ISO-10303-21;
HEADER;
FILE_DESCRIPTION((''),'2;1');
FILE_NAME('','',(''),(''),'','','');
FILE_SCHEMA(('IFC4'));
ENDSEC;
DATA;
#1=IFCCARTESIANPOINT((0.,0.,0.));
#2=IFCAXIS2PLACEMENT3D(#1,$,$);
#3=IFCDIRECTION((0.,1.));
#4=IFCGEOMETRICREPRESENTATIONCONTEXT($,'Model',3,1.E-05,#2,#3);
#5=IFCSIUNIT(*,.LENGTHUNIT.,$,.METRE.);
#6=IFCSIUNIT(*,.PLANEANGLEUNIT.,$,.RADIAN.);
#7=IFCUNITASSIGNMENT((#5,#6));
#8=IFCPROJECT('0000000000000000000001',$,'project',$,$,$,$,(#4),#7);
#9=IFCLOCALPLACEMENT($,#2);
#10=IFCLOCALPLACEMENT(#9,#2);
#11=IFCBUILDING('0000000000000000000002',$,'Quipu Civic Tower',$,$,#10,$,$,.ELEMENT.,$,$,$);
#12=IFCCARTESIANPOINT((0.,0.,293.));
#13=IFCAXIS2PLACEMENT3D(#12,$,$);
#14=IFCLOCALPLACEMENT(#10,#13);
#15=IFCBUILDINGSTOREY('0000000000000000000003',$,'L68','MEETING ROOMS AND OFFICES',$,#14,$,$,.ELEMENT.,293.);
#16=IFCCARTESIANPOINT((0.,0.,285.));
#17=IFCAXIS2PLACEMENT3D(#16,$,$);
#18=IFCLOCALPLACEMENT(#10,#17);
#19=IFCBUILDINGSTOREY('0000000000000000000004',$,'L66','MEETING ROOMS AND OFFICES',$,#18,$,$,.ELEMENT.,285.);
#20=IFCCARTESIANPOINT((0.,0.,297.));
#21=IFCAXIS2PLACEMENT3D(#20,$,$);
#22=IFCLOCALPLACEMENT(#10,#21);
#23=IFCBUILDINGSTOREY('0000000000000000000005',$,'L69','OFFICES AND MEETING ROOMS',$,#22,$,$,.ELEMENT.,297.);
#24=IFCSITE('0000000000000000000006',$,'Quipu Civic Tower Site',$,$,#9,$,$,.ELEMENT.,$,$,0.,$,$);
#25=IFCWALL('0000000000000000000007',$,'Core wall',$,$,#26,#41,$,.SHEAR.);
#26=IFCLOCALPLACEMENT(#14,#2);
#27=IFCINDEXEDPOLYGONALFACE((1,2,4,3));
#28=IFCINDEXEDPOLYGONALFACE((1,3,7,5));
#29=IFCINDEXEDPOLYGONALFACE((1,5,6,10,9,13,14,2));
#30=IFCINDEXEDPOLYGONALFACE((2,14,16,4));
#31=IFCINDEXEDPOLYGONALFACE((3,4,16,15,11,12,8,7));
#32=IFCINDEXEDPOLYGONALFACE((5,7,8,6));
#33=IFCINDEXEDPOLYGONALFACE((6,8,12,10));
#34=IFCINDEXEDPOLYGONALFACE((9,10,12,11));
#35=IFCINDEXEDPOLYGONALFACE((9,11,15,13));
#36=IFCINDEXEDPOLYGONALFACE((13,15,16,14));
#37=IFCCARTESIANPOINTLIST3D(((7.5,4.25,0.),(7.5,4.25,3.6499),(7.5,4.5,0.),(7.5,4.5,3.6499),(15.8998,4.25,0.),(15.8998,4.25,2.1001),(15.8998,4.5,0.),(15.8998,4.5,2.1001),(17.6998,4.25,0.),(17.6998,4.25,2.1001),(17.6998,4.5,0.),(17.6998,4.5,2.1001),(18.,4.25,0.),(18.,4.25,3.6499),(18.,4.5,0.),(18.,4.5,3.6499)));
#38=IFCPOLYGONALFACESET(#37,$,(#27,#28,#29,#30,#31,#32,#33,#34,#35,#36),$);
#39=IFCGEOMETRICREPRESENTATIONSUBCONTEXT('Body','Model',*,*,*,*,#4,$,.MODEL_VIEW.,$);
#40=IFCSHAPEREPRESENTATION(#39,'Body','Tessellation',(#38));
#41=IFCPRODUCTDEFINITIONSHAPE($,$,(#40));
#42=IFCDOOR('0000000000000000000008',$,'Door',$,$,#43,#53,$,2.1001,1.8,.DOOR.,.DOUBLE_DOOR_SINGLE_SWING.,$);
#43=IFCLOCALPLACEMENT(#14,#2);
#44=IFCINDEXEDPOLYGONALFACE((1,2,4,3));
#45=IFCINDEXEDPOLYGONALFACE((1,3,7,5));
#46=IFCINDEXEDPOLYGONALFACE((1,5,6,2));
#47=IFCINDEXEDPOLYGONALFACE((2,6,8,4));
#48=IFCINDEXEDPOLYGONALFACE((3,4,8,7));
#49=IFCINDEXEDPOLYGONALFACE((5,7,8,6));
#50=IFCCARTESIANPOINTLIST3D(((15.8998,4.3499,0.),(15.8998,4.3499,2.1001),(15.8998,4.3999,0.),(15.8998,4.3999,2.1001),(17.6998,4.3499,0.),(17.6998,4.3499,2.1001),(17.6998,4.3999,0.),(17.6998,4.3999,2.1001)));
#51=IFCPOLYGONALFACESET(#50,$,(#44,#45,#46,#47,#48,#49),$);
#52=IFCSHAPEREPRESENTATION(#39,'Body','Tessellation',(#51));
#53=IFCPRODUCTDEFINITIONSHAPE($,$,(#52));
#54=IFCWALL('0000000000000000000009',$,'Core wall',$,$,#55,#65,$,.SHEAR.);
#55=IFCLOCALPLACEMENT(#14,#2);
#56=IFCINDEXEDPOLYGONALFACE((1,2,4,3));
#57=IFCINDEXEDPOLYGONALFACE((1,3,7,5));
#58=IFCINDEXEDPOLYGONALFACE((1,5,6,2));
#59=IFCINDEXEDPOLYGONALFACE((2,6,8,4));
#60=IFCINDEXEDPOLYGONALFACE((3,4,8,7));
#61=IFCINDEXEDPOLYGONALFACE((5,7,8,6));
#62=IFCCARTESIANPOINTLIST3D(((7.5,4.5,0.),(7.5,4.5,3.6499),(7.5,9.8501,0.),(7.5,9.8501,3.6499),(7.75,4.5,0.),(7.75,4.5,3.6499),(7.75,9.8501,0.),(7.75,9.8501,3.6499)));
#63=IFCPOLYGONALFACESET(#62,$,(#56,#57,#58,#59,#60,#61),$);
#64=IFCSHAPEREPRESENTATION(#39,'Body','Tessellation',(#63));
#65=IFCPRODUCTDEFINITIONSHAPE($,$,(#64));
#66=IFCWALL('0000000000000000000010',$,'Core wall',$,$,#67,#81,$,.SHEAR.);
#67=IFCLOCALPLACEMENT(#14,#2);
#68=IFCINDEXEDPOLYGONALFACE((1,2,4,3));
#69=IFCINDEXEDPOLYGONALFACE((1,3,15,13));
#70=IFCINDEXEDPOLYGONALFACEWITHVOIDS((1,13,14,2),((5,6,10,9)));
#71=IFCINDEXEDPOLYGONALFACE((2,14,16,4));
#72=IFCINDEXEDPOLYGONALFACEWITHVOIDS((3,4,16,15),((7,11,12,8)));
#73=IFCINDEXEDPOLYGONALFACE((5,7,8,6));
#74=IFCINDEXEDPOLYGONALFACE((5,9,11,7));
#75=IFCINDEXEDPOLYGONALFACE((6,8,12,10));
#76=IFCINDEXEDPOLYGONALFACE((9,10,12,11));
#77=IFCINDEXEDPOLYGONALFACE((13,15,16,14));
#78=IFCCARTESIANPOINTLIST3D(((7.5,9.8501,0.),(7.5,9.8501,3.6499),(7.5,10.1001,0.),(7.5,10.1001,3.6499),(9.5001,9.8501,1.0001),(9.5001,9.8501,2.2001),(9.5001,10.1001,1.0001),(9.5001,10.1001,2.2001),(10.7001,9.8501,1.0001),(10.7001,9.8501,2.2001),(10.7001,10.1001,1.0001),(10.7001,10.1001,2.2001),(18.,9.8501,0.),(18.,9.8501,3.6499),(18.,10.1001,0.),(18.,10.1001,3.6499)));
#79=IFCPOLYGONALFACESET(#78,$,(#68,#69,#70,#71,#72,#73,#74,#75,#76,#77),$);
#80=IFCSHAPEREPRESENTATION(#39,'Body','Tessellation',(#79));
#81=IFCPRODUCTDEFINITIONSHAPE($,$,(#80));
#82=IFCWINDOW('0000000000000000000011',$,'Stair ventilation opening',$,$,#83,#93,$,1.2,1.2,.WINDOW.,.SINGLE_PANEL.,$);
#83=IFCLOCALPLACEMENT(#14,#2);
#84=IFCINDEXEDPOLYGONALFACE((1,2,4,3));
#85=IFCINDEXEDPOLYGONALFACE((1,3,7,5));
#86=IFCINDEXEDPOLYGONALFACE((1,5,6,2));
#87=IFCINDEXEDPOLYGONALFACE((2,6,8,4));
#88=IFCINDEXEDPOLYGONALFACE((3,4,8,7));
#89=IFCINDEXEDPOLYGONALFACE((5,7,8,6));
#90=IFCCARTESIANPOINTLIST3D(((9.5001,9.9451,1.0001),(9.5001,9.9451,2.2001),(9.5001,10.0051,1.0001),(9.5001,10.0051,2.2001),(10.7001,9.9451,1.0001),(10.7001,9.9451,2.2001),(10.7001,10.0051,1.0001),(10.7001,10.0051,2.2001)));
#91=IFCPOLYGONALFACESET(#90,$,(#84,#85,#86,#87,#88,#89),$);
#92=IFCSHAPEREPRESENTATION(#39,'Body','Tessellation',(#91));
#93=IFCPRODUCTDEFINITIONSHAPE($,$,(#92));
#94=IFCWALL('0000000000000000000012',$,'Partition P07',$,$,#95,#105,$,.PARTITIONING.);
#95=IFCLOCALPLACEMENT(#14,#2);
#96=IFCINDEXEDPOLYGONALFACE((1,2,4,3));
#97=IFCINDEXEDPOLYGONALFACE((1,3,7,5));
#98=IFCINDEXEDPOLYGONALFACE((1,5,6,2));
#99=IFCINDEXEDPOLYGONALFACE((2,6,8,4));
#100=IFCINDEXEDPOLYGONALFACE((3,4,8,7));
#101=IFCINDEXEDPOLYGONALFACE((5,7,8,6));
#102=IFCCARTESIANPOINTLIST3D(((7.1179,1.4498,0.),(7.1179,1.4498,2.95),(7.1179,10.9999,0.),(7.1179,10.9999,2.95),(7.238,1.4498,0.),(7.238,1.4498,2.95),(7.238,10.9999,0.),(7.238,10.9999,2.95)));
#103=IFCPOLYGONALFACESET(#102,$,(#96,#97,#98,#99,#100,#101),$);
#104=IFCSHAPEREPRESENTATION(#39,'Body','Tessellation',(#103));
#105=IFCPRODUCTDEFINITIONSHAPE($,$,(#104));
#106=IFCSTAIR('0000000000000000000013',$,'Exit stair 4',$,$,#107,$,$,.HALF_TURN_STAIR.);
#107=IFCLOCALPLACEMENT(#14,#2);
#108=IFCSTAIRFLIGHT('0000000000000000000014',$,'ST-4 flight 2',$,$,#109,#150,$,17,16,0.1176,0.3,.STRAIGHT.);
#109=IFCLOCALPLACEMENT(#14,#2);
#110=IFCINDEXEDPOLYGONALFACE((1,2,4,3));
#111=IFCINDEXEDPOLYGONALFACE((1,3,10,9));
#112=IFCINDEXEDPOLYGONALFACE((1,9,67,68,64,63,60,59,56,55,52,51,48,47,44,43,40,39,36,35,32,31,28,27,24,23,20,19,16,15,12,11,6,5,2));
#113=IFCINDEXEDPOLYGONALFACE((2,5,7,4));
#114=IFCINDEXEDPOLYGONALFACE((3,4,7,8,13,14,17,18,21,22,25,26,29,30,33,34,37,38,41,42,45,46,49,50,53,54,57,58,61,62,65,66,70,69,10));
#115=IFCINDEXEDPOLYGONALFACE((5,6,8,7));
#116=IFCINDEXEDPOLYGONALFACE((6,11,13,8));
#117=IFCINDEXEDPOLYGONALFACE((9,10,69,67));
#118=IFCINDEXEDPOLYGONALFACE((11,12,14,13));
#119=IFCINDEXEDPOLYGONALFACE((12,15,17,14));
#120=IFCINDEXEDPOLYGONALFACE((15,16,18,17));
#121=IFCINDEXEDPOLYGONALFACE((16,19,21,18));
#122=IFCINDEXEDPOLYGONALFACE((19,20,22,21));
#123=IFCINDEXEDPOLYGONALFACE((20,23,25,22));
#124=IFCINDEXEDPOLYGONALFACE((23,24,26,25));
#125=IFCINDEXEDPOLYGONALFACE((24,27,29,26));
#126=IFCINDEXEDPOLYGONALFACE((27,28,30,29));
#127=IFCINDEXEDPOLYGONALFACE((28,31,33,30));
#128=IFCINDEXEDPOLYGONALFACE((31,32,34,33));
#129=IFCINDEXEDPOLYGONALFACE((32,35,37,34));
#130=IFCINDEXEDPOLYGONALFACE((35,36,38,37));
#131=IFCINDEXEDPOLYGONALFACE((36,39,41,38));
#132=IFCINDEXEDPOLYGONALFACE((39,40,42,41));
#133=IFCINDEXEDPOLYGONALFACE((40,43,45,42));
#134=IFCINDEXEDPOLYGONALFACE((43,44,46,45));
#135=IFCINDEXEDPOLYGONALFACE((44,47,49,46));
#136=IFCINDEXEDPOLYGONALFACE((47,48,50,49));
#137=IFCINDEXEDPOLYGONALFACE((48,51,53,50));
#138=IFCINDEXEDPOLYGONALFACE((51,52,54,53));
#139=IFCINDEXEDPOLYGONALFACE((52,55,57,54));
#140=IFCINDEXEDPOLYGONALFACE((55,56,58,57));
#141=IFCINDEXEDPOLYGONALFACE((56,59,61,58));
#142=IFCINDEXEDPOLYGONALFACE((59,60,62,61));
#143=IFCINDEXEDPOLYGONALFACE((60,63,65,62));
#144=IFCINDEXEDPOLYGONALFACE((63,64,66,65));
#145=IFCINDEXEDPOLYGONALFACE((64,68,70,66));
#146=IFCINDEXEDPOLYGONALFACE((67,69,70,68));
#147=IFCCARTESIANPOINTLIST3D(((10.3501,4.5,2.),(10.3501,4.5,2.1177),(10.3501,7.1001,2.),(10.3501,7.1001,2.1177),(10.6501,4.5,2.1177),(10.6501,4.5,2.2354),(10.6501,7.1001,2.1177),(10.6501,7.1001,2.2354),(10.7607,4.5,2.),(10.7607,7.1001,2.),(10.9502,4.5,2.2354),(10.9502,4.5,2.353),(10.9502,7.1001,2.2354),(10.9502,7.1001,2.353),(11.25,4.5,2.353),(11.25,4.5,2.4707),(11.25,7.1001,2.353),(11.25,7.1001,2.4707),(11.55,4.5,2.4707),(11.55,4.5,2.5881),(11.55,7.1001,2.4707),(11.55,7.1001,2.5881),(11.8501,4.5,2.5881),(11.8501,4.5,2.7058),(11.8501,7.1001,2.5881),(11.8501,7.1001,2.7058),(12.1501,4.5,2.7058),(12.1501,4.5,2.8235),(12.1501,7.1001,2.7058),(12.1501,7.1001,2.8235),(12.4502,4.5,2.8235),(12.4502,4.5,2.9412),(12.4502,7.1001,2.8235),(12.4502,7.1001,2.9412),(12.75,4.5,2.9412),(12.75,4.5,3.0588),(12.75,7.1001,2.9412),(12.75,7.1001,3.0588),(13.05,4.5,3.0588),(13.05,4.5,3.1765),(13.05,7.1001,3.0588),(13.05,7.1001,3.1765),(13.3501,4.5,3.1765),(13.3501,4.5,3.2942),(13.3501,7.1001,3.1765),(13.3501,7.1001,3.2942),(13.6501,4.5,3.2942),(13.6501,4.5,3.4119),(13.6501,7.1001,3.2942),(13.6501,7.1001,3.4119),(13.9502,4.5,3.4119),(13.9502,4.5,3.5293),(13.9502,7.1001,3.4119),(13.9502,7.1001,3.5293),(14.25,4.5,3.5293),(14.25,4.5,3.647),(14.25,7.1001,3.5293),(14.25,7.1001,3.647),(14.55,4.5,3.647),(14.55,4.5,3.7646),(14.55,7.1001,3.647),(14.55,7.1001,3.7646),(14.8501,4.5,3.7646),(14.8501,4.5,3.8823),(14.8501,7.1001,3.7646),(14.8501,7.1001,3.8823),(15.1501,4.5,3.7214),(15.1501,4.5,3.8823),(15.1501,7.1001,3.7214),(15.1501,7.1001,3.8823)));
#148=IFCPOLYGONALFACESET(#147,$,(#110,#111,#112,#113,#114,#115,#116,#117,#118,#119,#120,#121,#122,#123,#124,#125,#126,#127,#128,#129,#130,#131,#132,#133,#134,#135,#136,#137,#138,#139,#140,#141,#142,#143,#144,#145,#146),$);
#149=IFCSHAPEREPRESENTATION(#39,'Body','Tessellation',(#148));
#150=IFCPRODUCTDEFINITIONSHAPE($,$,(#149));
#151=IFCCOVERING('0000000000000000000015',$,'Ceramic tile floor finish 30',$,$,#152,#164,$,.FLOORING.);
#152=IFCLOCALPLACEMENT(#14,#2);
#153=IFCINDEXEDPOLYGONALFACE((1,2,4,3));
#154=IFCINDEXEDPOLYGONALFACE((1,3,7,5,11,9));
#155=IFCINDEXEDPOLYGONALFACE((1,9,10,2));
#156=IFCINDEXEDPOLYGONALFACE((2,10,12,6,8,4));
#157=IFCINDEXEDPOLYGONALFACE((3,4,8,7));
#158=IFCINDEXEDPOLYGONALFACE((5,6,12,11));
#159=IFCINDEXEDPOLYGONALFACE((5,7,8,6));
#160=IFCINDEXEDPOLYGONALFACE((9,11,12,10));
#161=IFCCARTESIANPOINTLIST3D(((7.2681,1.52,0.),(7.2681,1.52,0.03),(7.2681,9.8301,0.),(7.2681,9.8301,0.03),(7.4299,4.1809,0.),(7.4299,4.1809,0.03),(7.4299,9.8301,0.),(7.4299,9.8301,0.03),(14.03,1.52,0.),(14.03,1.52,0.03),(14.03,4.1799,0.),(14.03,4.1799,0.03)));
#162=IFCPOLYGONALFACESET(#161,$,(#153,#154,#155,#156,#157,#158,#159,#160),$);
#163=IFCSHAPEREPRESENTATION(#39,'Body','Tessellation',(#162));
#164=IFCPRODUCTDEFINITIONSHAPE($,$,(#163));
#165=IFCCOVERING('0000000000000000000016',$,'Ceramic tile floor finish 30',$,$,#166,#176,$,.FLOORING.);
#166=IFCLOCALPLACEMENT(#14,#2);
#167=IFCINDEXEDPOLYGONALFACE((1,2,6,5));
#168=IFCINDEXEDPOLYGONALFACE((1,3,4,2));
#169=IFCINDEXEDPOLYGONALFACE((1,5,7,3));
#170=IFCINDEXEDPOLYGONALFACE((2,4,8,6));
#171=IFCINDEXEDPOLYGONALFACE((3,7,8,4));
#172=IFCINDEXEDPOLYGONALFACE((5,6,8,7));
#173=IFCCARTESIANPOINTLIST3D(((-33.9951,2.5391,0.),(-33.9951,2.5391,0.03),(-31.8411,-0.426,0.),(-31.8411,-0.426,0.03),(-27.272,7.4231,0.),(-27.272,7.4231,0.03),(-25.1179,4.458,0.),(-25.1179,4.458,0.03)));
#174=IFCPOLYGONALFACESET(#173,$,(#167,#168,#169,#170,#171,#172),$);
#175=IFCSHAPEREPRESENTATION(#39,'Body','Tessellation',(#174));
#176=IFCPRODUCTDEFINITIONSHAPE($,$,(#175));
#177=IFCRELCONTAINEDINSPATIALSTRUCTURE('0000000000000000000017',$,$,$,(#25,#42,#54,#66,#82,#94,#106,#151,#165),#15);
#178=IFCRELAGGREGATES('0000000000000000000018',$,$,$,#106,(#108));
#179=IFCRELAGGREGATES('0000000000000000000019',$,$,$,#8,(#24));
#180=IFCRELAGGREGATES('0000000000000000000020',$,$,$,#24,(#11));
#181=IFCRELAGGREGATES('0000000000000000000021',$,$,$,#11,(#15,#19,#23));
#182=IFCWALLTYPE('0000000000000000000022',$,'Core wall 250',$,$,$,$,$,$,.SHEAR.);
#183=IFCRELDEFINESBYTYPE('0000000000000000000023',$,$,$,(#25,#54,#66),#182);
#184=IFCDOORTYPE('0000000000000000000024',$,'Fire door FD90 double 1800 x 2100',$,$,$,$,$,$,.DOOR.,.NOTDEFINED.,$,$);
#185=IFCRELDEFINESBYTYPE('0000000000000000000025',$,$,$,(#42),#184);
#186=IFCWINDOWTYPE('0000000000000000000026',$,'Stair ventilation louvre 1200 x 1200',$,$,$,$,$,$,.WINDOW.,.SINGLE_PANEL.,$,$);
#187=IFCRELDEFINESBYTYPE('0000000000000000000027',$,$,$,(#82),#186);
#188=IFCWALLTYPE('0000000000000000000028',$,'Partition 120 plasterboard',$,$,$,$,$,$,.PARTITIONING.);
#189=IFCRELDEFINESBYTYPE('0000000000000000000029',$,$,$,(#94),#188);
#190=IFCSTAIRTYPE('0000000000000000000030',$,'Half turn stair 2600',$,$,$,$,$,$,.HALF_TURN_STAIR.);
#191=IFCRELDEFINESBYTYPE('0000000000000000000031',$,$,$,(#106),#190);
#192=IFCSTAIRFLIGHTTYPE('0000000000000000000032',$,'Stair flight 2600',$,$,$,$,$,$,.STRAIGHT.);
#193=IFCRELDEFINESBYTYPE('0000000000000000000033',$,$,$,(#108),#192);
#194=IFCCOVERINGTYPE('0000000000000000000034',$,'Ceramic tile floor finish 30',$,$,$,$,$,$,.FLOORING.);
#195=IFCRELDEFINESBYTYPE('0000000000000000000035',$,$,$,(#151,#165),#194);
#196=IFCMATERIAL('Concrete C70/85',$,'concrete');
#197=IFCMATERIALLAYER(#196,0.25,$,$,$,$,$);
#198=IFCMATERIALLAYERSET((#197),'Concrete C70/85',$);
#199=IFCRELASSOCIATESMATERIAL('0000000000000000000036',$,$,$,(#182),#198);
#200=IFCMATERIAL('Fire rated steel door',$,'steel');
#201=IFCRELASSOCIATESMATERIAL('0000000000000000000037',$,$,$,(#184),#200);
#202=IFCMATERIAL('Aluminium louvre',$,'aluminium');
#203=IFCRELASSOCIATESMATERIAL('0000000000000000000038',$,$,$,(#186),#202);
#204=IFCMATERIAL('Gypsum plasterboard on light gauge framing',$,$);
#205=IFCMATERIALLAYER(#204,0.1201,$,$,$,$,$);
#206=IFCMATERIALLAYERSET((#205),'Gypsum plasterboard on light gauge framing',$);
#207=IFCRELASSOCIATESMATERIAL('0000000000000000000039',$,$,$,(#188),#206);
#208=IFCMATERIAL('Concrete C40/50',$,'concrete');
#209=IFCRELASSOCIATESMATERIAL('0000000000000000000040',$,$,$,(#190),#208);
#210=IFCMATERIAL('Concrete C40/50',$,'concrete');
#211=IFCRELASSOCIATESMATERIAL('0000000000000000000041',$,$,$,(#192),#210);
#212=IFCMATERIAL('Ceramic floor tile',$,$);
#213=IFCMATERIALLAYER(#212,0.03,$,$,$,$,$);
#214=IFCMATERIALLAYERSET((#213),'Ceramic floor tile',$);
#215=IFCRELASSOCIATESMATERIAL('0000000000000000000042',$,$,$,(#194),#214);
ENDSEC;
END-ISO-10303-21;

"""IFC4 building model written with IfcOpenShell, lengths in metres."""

from ifc_helpers import new_model, si_unit, direction, frame, frame_2d, origin, place, context, subcontext, project, spatial, polyline, rectangle, outline, extrude, material, layer, layer_set, type_object, element, fill, aggregate, save


model = new_model("IFC4")

# Units and contexts
model_context = context("Model", 3, precision=1e-05, world=origin(), true_north=direction((0.0, 1.0)))
body_context = subcontext(model_context, "Body", "Model", "MODEL_VIEW")
ifc_project = project(units=[si_unit("LENGTHUNIT", "METRE"), si_unit("PLANEANGLEUNIT", "RADIAN")], contexts=[model_context])

# Site, building, storey
site_placement = place(None, origin())
site = spatial("IfcSite", under=ifc_project, at=site_placement, Name="Quipu Civic Tower Site", CompositionType="ELEMENT", RefElevation=0.0)
building_placement = place(site_placement, origin())
building = spatial("IfcBuilding", under=site, at=building_placement, Name="Quipu Civic Tower", CompositionType="ELEMENT")
storey_1_placement = place(building_placement, frame((0.0, 0.0, 293.0)))
storey_1 = spatial("IfcBuildingStorey", under=building, at=storey_1_placement, Name="L68", Description="MEETING ROOMS AND OFFICES", CompositionType="ELEMENT", Elevation=293.0)

# Shared definitions
storey_2_placement = place(building_placement, frame((0.0, 0.0, 285.0)))
storey_2 = spatial("IfcBuildingStorey", under=building, at=storey_2_placement, Name="L66", Description="MEETING ROOMS AND OFFICES", CompositionType="ELEMENT", Elevation=285.0)

# Shared definitions
storey_3_placement = place(building_placement, frame((0.0, 0.0, 297.0)))
storey_3 = spatial("IfcBuildingStorey", under=building, at=storey_3_placement, Name="L69", Description="OFFICES AND MEETING ROOMS", CompositionType="ELEMENT", Elevation=297.0)

# Wall, opening, door
ifc_material_1 = material(Name="Concrete C70/85", Category="concrete")
ifc_layer_1 = layer(ifc_material_1, 0.25)
ifc_layer_set_1 = layer_set([ifc_layer_1], Name="Concrete C70/85")
wall_type_1 = type_object("IfcWallType", Name="Core wall 250", PredefinedType="SHEAR", material=ifc_layer_set_1)
wall_1_placement = place(storey_1_placement, frame((7.5, 4.375, 0.0), z_axis=(0.0, 0.0, 1.0), x_axis=(1.0, 0.0, 0.0)))
wall_1 = element("IfcWall", 1, at=wall_1_placement, inside=storey_1, type_object=wall_type_1, Name="Core wall", PredefinedType="SHEAR", context=body_context, shape_type="SweptSolid", body=[
    extrude(rectangle(XDim=10.5, YDim=0.25, at=frame_2d((5.25, 0.0))), origin(), (0.0, 0.0, 1.0), 3.6499),
])
opening_1_placement = place(wall_1_placement, frame((8.3999, 0.0, 0.0)))
opening_1 = element("IfcOpeningElement", 2, at=opening_1_placement, cuts=wall_1, PredefinedType="OPENING", context=body_context, shape_type="SweptSolid", body=[
    extrude(rectangle(XDim=1.8, YDim=2.1001, at=frame_2d((0.8999, 1.05))), frame((0.0, 0.135, 0.0), z_axis=(0.0, -1.0, 0.0), x_axis=(1.0, 0.0, 0.0)), (0.0, 0.0, 1.0), 0.27),
])
ifc_material_2 = material(Name="Fire rated steel door", Category="steel")
door_type = type_object("IfcDoorType", Name="Fire door FD90 double 1800 x 2100", OperationType="NOTDEFINED", PredefinedType="DOOR", material=ifc_material_2)
door_placement = place(opening_1_placement, origin())
door = element("IfcDoor", 3, at=door_placement, inside=storey_1, type_object=door_type, Name="Door", OperationType="DOUBLE_DOOR_SINGLE_SWING", OverallHeight=2.1001, OverallWidth=1.8, PredefinedType="DOOR", context=body_context, shape_type="SweptSolid", body=[
    extrude(rectangle(XDim=1.8, YDim=2.1001, at=frame_2d((0.8999, 1.05))), frame((0.0, 0.0249, 0.0), z_axis=(0.0, -1.0, 0.0), x_axis=(1.0, 0.0, 0.0)), (0.0, 0.0, 1.0), 0.05),
])
fill(opening_1, door)

# Wall
wall_2_placement = place(storey_1_placement, frame((7.625, 4.5, 0.0), z_axis=(0.0, 0.0, 1.0), x_axis=(0.0, 1.0, 0.0)))
element("IfcWall", 4, at=wall_2_placement, inside=storey_1, type_object=wall_type_1, Name="Core wall", PredefinedType="SHEAR", context=body_context, shape_type="SweptSolid", body=[
    extrude(rectangle(XDim=5.3501, YDim=0.25, at=frame_2d((2.675, 0.0))), origin(), (0.0, 0.0, 1.0), 3.6499),
])

# Wall, opening, window
wall_3_placement = place(storey_1_placement, frame((7.5, 9.9751, 0.0), z_axis=(0.0, 0.0, 1.0), x_axis=(1.0, 0.0, 0.0)))
wall_3 = element("IfcWall", 5, at=wall_3_placement, inside=storey_1, type_object=wall_type_1, Name="Core wall", PredefinedType="SHEAR", context=body_context, shape_type="SweptSolid", body=[
    extrude(rectangle(XDim=10.5, YDim=0.25, at=frame_2d((5.25, 0.0))), origin(), (0.0, 0.0, 1.0), 3.6499),
])
opening_2_placement = place(wall_3_placement, frame((2.0, 0.0, 1.0)))
opening_2 = element("IfcOpeningElement", 6, at=opening_2_placement, cuts=wall_3, PredefinedType="OPENING", context=body_context, shape_type="SweptSolid", body=[
    extrude(rectangle(XDim=1.2, YDim=1.2, at=frame_2d((0.6001, 0.6001))), frame((0.0, 0.135, 0.0), z_axis=(0.0, -1.0, 0.0), x_axis=(1.0, 0.0, 0.0)), (0.0, 0.0, 1.0), 0.27),
])
ifc_material_3 = material(Name="Aluminium louvre", Category="aluminium")
window_type = type_object("IfcWindowType", Name="Stair ventilation louvre 1200 x 1200", PartitioningType="SINGLE_PANEL", PredefinedType="WINDOW", material=ifc_material_3)
window_placement = place(opening_2_placement, origin())
window = element("IfcWindow", 7, at=window_placement, inside=storey_1, type_object=window_type, Name="Stair ventilation opening", OverallHeight=1.2, OverallWidth=1.2, PartitioningType="SINGLE_PANEL", PredefinedType="WINDOW", context=body_context, shape_type="SweptSolid", body=[
    extrude(rectangle(XDim=1.2, YDim=1.2, at=frame_2d((0.6001, 0.6001))), frame((0.0, 0.03, 0.0), z_axis=(0.0, -1.0, 0.0), x_axis=(1.0, 0.0, 0.0)), (0.0, 0.0, 1.0), 0.0601),
])
fill(opening_2, window)

# Wall
ifc_material_4 = material(Name="Gypsum plasterboard on light gauge framing")
ifc_layer_2 = layer(ifc_material_4, 0.1201)
ifc_layer_set_2 = layer_set([ifc_layer_2], Name="Gypsum plasterboard on light gauge framing")
wall_type_2 = type_object("IfcWallType", Name="Partition 120 plasterboard", PredefinedType="PARTITIONING", material=ifc_layer_set_2)
wall_4_placement = place(storey_1_placement, frame((7.178, 1.45, 0.0), z_axis=(0.0, 0.0, 1.0), x_axis=(0.0, 1.0, 0.0)))
element("IfcWall", 8, at=wall_4_placement, inside=storey_1, type_object=wall_type_2, Name="Partition P07", PredefinedType="PARTITIONING", context=body_context, shape_type="SweptSolid", body=[
    extrude(rectangle(XDim=9.55, YDim=0.1201, at=frame_2d((4.7749, 0.0))), origin(), (0.0, 0.0, 1.0), 2.95),
])

# Stair, stair flight
ifc_material_5 = material(Name="Concrete C40/50", Category="concrete")
stair_type = type_object("IfcStairType", Name="Half turn stair 2600", PredefinedType="HALF_TURN_STAIR", material=ifc_material_5)
stair_placement = place(storey_1_placement, origin())
stair = element("IfcStair", 9, at=stair_placement, inside=storey_1, type_object=stair_type, Name="Exit stair 4", PredefinedType="HALF_TURN_STAIR")
ifc_material_6 = material(Name="Concrete C40/50", Category="concrete")
stair_flight_type = type_object("IfcStairFlightType", Name="Stair flight 2600", PredefinedType="STRAIGHT", material=ifc_material_6)
stair_flight_placement = place(storey_1_placement, frame((10.3501, 5.8, 2.0), z_axis=(0.0, 0.0, 1.0), x_axis=(1.0, 0.0, 0.0)))
stair_flight = element("IfcStairFlight", 10, at=stair_flight_placement, type_object=stair_flight_type, Name="ST-4 flight 2", NumberOfRisers=17, NumberOfTreads=16, PredefinedType="STRAIGHT", RiserHeight=0.1176, TreadLength=0.3, context=body_context, shape_type="SweptSolid", body=[
    extrude(outline(polyline([(0.0, 0.0), (0.0, 0.1177), (0.3, 0.1177), (0.3, 0.2354), (0.6001, 0.2354), (0.6001, 0.353), (0.8999, 0.353), (0.8999, 0.4707), (1.2, 0.4707), (1.2, 0.5881), (1.5, 0.5881), (1.5, 0.7058), (1.8, 0.7058), (1.8, 0.8235), (2.1001, 0.8235), (2.1001, 0.9412), (2.3999, 0.9412), (2.3999, 1.0588), (2.7, 1.0588), (2.7, 1.1765), (3.0, 1.1765), (3.0, 1.2942), (3.3, 1.2942), (3.3, 1.4119), (3.6001, 1.4119), (3.6001, 1.5293), (3.8999, 1.5293), (3.8999, 1.647), (4.2, 1.647), (4.2, 1.7646), (4.5, 1.7646), (4.5, 1.8823), (4.8, 1.8823), (4.8, 2.0), (4.8, 1.7214), (0.4106, 0.0), (0.0, 0.0)])), frame((0.0, 1.3, 0.0), z_axis=(0.0, -1.0, 0.0), x_axis=(1.0, 0.0, 0.0)), (0.0, 0.0, 1.0), 2.6001),
])
aggregate(stair, [stair_flight])

# Coverings
ifc_material_7 = material(Name="Ceramic floor tile")
ifc_layer_3 = layer(ifc_material_7, 0.03)
ifc_layer_set_3 = layer_set([ifc_layer_3], Name="Ceramic floor tile")
covering_type = type_object("IfcCoveringType", Name="Ceramic tile floor finish 30", PredefinedType="FLOORING", material=ifc_layer_set_3)
covering_1_placement = place(storey_1_placement, origin())
element("IfcCovering", 11, at=covering_1_placement, inside=storey_1, type_object=covering_type, Name="Ceramic tile floor finish 30", PredefinedType="FLOORING", context=body_context, shape_type="SweptSolid", body=[
    extrude(outline(polyline([(7.2681, 1.52), (7.2681, 9.8301), (7.4299, 9.8301), (7.4299, 4.1809), (14.03, 4.1799), (14.03, 1.52), (7.2681, 1.52)])), origin(), (0.0, 0.0, 1.0), 0.03),
])
covering_2_placement = place(storey_1_placement, origin())
element("IfcCovering", 12, at=covering_2_placement, inside=storey_1, type_object=covering_type, Name="Ceramic tile floor finish 30", PredefinedType="FLOORING", context=body_context, shape_type="SweptSolid", body=[
    extrude(outline(polyline([(-33.9951, 2.5391), (-27.272, 7.4231), (-25.1179, 4.458), (-31.8411, -0.426), (-33.9951, 2.5391)])), origin(), (0.0, 0.0, 1.0), 0.03),
])

save(model, "model.ifc")
